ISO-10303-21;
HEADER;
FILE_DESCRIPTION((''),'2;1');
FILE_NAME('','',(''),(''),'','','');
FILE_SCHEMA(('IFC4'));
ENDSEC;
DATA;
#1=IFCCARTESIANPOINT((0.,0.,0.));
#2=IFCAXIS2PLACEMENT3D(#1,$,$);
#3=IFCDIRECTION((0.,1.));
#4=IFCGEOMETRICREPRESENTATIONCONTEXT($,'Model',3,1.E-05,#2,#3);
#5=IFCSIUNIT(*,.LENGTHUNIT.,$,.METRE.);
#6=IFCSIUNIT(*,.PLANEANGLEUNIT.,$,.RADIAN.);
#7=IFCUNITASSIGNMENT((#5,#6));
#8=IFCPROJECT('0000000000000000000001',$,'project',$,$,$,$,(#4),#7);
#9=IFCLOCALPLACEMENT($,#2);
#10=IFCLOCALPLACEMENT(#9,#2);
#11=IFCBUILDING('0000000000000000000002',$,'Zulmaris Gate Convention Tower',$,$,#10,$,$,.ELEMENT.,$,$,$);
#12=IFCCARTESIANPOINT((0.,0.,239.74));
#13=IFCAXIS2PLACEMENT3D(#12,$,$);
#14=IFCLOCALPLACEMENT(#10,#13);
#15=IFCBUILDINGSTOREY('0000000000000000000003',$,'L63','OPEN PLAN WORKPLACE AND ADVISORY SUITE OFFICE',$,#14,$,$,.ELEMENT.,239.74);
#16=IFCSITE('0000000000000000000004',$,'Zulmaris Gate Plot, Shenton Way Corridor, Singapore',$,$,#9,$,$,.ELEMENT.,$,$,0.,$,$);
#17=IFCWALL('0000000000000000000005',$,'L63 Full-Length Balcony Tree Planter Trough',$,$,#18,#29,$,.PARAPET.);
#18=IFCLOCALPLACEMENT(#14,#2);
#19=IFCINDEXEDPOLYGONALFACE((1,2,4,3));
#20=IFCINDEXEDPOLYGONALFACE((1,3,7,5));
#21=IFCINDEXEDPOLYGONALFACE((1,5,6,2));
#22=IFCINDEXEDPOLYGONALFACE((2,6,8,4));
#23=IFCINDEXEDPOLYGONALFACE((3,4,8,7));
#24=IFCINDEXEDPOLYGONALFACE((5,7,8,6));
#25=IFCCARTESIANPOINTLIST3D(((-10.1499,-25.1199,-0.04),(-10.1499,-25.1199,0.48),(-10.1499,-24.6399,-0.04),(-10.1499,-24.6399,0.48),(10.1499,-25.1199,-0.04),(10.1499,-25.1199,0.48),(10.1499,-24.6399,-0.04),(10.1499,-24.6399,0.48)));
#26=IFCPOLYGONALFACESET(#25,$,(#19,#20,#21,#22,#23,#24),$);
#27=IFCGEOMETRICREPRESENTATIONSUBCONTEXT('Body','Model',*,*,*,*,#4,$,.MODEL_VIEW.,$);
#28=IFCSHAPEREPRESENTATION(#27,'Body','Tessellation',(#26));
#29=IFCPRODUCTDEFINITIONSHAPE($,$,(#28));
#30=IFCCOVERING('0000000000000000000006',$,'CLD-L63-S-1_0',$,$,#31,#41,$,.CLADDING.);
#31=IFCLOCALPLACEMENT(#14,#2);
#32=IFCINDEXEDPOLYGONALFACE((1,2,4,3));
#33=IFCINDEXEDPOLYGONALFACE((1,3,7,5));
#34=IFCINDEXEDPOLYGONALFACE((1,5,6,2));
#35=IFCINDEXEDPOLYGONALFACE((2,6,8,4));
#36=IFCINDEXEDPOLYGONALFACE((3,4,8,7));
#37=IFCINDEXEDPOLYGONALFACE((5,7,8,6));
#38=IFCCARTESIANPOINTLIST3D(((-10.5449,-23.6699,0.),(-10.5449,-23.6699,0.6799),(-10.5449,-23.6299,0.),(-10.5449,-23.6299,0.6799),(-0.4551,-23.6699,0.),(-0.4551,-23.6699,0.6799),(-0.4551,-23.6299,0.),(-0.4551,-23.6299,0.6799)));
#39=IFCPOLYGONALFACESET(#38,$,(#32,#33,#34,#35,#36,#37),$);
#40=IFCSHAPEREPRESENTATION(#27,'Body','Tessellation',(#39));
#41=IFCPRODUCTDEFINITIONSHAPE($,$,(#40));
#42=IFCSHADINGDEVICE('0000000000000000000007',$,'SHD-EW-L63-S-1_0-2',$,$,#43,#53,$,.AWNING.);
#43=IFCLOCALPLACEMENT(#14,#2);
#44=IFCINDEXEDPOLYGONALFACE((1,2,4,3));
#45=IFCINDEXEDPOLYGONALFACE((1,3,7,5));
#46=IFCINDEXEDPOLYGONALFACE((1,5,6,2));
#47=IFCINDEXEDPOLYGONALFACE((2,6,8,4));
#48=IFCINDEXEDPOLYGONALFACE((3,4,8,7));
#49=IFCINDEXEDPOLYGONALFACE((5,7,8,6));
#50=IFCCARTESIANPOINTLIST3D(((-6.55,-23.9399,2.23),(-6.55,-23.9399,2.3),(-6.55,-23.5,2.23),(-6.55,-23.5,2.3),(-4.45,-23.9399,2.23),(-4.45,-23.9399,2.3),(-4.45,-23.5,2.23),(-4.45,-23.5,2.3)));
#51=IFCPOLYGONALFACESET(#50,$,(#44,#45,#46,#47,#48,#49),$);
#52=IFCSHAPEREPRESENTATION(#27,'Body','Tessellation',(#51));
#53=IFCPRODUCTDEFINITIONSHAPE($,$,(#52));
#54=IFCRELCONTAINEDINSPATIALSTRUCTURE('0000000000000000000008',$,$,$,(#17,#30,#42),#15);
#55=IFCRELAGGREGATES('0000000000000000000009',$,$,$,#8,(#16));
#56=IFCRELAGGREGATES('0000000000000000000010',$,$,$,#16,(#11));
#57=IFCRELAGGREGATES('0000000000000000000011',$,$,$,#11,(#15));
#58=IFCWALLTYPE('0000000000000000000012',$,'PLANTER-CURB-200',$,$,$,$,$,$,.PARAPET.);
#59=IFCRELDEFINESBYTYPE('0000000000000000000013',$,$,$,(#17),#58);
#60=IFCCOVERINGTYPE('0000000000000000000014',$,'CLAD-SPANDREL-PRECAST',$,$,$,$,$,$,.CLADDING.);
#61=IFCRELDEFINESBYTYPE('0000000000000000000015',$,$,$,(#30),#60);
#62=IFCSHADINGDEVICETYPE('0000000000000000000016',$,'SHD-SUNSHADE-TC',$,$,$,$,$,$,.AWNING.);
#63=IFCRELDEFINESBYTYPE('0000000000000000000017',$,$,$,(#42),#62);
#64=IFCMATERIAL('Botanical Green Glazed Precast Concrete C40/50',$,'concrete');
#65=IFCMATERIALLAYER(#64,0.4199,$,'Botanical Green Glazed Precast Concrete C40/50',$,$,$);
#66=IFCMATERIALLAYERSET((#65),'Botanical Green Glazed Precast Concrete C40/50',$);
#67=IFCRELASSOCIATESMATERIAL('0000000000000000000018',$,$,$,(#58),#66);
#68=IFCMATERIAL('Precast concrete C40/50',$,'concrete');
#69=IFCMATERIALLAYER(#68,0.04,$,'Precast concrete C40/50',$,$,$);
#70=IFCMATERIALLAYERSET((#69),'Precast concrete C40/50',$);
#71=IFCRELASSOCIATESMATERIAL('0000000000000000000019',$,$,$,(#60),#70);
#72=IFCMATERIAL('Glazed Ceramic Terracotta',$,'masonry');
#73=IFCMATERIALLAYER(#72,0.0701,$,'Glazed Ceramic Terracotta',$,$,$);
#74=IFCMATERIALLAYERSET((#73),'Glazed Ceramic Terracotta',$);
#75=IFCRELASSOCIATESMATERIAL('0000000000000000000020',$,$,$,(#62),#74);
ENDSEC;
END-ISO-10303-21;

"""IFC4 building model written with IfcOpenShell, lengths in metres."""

from ifc_helpers import new_model, si_unit, direction, frame, frame_2d, origin, place, context, subcontext, project, spatial, rectangle, extrude, material, layer, layer_set, type_object, element, save


model = new_model("IFC4")

# Units and contexts
model_context = context("Model", 3, precision=1e-05, world=origin(), true_north=direction((0.0, 1.0)))
body_context = subcontext(model_context, "Body", "Model", "MODEL_VIEW")
ifc_project = project(units=[si_unit("LENGTHUNIT", "METRE"), si_unit("PLANEANGLEUNIT", "RADIAN")], contexts=[model_context])

# Site, building, storey
site_placement = place(None, origin())
site = spatial("IfcSite", under=ifc_project, at=site_placement, Name="Zulmaris Gate Plot, Shenton Way Corridor, Singapore", CompositionType="ELEMENT", RefElevation=0.0)
building_placement = place(site_placement, origin())
building = spatial("IfcBuilding", under=site, at=building_placement, Name="Zulmaris Gate Convention Tower", CompositionType="ELEMENT")
storey_placement = place(building_placement, frame((0.0, 0.0, 239.74)))
storey = spatial("IfcBuildingStorey", under=building, at=storey_placement, Name="L63", Description="OPEN PLAN WORKPLACE AND ADVISORY SUITE OFFICE", CompositionType="ELEMENT", Elevation=239.74)

# Wall
ifc_material_1 = material(Name="Botanical Green Glazed Precast Concrete C40/50", Category="concrete")
ifc_layer_1 = layer(ifc_material_1, 0.4199, Name="Botanical Green Glazed Precast Concrete C40/50")
ifc_layer_set_1 = layer_set([ifc_layer_1], Name="Botanical Green Glazed Precast Concrete C40/50")
wall_type_1 = type_object("IfcWallType", Name="PLANTER-CURB-200", PredefinedType="PARAPET", material=ifc_layer_set_1)
wall_1_placement = place(storey_placement, frame((-10.1499, -24.8799, -0.04), z_axis=(0.0, 0.0, 1.0), x_axis=(1.0, 0.0, 0.0)))
element("IfcWall", 1, at=wall_1_placement, inside=storey, type_object=wall_type_1, Name="L63 Full-Length Balcony Tree Planter Trough", PredefinedType="PARAPET", context=body_context, shape_type="SweptSolid", body=[
    extrude(rectangle(XDim=20.2998, YDim=0.48, at=frame_2d((10.1499, 0.0))), origin(), (0.0, 0.0, 1.0), 0.52),
])

# Shared definitions
ifc_material_2 = material(Name="Precast concrete C40/50", Category="concrete")

# Covering
ifc_layer_2 = layer(ifc_material_2, 0.04, Name="Precast concrete C40/50")
ifc_layer_set_2 = layer_set([ifc_layer_2], Name="Precast concrete C40/50")
covering_type = type_object("IfcCoveringType", Name="CLAD-SPANDREL-PRECAST", PredefinedType="CLADDING", material=ifc_layer_set_2)
covering_placement = place(storey_placement, frame((-10.5449, -23.6499, 0.0), z_axis=(0.0, 0.0, 1.0), x_axis=(1.0, 0.0, 0.0)))
element("IfcCovering", 2, at=covering_placement, inside=storey, type_object=covering_type, Name="CLD-L63-S-1_0", PredefinedType="CLADDING", context=body_context, shape_type="SweptSolid", body=[
    extrude(rectangle(XDim=10.0898, YDim=0.04, at=frame_2d((5.0449, 0.0))), origin(), (0.0, 0.0, 1.0), 0.6799),
])

# Shading device
ifc_material_3 = material(Name="Glazed Ceramic Terracotta", Category="masonry")
ifc_layer_3 = layer(ifc_material_3, 0.0701, Name="Glazed Ceramic Terracotta")
ifc_layer_set_3 = layer_set([ifc_layer_3], Name="Glazed Ceramic Terracotta")
shading_device_type = type_object("IfcShadingDeviceType", Name="SHD-SUNSHADE-TC", PredefinedType="AWNING", material=ifc_layer_set_3)
shading_device_placement = place(storey_placement, frame((-6.55, -23.72, 2.23), z_axis=(0.0, 0.0, 1.0), x_axis=(1.0, 0.0, 0.0)))
element("IfcShadingDevice", 3, at=shading_device_placement, inside=storey, type_object=shading_device_type, Name="SHD-EW-L63-S-1_0-2", PredefinedType="AWNING", context=body_context, shape_type="SweptSolid", body=[
    extrude(rectangle(XDim=2.1001, YDim=0.4399, at=frame_2d((1.05, 0.0))), origin(), (0.0, 0.0, 1.0), 0.0701),
])

save(model, "model.ifc")
